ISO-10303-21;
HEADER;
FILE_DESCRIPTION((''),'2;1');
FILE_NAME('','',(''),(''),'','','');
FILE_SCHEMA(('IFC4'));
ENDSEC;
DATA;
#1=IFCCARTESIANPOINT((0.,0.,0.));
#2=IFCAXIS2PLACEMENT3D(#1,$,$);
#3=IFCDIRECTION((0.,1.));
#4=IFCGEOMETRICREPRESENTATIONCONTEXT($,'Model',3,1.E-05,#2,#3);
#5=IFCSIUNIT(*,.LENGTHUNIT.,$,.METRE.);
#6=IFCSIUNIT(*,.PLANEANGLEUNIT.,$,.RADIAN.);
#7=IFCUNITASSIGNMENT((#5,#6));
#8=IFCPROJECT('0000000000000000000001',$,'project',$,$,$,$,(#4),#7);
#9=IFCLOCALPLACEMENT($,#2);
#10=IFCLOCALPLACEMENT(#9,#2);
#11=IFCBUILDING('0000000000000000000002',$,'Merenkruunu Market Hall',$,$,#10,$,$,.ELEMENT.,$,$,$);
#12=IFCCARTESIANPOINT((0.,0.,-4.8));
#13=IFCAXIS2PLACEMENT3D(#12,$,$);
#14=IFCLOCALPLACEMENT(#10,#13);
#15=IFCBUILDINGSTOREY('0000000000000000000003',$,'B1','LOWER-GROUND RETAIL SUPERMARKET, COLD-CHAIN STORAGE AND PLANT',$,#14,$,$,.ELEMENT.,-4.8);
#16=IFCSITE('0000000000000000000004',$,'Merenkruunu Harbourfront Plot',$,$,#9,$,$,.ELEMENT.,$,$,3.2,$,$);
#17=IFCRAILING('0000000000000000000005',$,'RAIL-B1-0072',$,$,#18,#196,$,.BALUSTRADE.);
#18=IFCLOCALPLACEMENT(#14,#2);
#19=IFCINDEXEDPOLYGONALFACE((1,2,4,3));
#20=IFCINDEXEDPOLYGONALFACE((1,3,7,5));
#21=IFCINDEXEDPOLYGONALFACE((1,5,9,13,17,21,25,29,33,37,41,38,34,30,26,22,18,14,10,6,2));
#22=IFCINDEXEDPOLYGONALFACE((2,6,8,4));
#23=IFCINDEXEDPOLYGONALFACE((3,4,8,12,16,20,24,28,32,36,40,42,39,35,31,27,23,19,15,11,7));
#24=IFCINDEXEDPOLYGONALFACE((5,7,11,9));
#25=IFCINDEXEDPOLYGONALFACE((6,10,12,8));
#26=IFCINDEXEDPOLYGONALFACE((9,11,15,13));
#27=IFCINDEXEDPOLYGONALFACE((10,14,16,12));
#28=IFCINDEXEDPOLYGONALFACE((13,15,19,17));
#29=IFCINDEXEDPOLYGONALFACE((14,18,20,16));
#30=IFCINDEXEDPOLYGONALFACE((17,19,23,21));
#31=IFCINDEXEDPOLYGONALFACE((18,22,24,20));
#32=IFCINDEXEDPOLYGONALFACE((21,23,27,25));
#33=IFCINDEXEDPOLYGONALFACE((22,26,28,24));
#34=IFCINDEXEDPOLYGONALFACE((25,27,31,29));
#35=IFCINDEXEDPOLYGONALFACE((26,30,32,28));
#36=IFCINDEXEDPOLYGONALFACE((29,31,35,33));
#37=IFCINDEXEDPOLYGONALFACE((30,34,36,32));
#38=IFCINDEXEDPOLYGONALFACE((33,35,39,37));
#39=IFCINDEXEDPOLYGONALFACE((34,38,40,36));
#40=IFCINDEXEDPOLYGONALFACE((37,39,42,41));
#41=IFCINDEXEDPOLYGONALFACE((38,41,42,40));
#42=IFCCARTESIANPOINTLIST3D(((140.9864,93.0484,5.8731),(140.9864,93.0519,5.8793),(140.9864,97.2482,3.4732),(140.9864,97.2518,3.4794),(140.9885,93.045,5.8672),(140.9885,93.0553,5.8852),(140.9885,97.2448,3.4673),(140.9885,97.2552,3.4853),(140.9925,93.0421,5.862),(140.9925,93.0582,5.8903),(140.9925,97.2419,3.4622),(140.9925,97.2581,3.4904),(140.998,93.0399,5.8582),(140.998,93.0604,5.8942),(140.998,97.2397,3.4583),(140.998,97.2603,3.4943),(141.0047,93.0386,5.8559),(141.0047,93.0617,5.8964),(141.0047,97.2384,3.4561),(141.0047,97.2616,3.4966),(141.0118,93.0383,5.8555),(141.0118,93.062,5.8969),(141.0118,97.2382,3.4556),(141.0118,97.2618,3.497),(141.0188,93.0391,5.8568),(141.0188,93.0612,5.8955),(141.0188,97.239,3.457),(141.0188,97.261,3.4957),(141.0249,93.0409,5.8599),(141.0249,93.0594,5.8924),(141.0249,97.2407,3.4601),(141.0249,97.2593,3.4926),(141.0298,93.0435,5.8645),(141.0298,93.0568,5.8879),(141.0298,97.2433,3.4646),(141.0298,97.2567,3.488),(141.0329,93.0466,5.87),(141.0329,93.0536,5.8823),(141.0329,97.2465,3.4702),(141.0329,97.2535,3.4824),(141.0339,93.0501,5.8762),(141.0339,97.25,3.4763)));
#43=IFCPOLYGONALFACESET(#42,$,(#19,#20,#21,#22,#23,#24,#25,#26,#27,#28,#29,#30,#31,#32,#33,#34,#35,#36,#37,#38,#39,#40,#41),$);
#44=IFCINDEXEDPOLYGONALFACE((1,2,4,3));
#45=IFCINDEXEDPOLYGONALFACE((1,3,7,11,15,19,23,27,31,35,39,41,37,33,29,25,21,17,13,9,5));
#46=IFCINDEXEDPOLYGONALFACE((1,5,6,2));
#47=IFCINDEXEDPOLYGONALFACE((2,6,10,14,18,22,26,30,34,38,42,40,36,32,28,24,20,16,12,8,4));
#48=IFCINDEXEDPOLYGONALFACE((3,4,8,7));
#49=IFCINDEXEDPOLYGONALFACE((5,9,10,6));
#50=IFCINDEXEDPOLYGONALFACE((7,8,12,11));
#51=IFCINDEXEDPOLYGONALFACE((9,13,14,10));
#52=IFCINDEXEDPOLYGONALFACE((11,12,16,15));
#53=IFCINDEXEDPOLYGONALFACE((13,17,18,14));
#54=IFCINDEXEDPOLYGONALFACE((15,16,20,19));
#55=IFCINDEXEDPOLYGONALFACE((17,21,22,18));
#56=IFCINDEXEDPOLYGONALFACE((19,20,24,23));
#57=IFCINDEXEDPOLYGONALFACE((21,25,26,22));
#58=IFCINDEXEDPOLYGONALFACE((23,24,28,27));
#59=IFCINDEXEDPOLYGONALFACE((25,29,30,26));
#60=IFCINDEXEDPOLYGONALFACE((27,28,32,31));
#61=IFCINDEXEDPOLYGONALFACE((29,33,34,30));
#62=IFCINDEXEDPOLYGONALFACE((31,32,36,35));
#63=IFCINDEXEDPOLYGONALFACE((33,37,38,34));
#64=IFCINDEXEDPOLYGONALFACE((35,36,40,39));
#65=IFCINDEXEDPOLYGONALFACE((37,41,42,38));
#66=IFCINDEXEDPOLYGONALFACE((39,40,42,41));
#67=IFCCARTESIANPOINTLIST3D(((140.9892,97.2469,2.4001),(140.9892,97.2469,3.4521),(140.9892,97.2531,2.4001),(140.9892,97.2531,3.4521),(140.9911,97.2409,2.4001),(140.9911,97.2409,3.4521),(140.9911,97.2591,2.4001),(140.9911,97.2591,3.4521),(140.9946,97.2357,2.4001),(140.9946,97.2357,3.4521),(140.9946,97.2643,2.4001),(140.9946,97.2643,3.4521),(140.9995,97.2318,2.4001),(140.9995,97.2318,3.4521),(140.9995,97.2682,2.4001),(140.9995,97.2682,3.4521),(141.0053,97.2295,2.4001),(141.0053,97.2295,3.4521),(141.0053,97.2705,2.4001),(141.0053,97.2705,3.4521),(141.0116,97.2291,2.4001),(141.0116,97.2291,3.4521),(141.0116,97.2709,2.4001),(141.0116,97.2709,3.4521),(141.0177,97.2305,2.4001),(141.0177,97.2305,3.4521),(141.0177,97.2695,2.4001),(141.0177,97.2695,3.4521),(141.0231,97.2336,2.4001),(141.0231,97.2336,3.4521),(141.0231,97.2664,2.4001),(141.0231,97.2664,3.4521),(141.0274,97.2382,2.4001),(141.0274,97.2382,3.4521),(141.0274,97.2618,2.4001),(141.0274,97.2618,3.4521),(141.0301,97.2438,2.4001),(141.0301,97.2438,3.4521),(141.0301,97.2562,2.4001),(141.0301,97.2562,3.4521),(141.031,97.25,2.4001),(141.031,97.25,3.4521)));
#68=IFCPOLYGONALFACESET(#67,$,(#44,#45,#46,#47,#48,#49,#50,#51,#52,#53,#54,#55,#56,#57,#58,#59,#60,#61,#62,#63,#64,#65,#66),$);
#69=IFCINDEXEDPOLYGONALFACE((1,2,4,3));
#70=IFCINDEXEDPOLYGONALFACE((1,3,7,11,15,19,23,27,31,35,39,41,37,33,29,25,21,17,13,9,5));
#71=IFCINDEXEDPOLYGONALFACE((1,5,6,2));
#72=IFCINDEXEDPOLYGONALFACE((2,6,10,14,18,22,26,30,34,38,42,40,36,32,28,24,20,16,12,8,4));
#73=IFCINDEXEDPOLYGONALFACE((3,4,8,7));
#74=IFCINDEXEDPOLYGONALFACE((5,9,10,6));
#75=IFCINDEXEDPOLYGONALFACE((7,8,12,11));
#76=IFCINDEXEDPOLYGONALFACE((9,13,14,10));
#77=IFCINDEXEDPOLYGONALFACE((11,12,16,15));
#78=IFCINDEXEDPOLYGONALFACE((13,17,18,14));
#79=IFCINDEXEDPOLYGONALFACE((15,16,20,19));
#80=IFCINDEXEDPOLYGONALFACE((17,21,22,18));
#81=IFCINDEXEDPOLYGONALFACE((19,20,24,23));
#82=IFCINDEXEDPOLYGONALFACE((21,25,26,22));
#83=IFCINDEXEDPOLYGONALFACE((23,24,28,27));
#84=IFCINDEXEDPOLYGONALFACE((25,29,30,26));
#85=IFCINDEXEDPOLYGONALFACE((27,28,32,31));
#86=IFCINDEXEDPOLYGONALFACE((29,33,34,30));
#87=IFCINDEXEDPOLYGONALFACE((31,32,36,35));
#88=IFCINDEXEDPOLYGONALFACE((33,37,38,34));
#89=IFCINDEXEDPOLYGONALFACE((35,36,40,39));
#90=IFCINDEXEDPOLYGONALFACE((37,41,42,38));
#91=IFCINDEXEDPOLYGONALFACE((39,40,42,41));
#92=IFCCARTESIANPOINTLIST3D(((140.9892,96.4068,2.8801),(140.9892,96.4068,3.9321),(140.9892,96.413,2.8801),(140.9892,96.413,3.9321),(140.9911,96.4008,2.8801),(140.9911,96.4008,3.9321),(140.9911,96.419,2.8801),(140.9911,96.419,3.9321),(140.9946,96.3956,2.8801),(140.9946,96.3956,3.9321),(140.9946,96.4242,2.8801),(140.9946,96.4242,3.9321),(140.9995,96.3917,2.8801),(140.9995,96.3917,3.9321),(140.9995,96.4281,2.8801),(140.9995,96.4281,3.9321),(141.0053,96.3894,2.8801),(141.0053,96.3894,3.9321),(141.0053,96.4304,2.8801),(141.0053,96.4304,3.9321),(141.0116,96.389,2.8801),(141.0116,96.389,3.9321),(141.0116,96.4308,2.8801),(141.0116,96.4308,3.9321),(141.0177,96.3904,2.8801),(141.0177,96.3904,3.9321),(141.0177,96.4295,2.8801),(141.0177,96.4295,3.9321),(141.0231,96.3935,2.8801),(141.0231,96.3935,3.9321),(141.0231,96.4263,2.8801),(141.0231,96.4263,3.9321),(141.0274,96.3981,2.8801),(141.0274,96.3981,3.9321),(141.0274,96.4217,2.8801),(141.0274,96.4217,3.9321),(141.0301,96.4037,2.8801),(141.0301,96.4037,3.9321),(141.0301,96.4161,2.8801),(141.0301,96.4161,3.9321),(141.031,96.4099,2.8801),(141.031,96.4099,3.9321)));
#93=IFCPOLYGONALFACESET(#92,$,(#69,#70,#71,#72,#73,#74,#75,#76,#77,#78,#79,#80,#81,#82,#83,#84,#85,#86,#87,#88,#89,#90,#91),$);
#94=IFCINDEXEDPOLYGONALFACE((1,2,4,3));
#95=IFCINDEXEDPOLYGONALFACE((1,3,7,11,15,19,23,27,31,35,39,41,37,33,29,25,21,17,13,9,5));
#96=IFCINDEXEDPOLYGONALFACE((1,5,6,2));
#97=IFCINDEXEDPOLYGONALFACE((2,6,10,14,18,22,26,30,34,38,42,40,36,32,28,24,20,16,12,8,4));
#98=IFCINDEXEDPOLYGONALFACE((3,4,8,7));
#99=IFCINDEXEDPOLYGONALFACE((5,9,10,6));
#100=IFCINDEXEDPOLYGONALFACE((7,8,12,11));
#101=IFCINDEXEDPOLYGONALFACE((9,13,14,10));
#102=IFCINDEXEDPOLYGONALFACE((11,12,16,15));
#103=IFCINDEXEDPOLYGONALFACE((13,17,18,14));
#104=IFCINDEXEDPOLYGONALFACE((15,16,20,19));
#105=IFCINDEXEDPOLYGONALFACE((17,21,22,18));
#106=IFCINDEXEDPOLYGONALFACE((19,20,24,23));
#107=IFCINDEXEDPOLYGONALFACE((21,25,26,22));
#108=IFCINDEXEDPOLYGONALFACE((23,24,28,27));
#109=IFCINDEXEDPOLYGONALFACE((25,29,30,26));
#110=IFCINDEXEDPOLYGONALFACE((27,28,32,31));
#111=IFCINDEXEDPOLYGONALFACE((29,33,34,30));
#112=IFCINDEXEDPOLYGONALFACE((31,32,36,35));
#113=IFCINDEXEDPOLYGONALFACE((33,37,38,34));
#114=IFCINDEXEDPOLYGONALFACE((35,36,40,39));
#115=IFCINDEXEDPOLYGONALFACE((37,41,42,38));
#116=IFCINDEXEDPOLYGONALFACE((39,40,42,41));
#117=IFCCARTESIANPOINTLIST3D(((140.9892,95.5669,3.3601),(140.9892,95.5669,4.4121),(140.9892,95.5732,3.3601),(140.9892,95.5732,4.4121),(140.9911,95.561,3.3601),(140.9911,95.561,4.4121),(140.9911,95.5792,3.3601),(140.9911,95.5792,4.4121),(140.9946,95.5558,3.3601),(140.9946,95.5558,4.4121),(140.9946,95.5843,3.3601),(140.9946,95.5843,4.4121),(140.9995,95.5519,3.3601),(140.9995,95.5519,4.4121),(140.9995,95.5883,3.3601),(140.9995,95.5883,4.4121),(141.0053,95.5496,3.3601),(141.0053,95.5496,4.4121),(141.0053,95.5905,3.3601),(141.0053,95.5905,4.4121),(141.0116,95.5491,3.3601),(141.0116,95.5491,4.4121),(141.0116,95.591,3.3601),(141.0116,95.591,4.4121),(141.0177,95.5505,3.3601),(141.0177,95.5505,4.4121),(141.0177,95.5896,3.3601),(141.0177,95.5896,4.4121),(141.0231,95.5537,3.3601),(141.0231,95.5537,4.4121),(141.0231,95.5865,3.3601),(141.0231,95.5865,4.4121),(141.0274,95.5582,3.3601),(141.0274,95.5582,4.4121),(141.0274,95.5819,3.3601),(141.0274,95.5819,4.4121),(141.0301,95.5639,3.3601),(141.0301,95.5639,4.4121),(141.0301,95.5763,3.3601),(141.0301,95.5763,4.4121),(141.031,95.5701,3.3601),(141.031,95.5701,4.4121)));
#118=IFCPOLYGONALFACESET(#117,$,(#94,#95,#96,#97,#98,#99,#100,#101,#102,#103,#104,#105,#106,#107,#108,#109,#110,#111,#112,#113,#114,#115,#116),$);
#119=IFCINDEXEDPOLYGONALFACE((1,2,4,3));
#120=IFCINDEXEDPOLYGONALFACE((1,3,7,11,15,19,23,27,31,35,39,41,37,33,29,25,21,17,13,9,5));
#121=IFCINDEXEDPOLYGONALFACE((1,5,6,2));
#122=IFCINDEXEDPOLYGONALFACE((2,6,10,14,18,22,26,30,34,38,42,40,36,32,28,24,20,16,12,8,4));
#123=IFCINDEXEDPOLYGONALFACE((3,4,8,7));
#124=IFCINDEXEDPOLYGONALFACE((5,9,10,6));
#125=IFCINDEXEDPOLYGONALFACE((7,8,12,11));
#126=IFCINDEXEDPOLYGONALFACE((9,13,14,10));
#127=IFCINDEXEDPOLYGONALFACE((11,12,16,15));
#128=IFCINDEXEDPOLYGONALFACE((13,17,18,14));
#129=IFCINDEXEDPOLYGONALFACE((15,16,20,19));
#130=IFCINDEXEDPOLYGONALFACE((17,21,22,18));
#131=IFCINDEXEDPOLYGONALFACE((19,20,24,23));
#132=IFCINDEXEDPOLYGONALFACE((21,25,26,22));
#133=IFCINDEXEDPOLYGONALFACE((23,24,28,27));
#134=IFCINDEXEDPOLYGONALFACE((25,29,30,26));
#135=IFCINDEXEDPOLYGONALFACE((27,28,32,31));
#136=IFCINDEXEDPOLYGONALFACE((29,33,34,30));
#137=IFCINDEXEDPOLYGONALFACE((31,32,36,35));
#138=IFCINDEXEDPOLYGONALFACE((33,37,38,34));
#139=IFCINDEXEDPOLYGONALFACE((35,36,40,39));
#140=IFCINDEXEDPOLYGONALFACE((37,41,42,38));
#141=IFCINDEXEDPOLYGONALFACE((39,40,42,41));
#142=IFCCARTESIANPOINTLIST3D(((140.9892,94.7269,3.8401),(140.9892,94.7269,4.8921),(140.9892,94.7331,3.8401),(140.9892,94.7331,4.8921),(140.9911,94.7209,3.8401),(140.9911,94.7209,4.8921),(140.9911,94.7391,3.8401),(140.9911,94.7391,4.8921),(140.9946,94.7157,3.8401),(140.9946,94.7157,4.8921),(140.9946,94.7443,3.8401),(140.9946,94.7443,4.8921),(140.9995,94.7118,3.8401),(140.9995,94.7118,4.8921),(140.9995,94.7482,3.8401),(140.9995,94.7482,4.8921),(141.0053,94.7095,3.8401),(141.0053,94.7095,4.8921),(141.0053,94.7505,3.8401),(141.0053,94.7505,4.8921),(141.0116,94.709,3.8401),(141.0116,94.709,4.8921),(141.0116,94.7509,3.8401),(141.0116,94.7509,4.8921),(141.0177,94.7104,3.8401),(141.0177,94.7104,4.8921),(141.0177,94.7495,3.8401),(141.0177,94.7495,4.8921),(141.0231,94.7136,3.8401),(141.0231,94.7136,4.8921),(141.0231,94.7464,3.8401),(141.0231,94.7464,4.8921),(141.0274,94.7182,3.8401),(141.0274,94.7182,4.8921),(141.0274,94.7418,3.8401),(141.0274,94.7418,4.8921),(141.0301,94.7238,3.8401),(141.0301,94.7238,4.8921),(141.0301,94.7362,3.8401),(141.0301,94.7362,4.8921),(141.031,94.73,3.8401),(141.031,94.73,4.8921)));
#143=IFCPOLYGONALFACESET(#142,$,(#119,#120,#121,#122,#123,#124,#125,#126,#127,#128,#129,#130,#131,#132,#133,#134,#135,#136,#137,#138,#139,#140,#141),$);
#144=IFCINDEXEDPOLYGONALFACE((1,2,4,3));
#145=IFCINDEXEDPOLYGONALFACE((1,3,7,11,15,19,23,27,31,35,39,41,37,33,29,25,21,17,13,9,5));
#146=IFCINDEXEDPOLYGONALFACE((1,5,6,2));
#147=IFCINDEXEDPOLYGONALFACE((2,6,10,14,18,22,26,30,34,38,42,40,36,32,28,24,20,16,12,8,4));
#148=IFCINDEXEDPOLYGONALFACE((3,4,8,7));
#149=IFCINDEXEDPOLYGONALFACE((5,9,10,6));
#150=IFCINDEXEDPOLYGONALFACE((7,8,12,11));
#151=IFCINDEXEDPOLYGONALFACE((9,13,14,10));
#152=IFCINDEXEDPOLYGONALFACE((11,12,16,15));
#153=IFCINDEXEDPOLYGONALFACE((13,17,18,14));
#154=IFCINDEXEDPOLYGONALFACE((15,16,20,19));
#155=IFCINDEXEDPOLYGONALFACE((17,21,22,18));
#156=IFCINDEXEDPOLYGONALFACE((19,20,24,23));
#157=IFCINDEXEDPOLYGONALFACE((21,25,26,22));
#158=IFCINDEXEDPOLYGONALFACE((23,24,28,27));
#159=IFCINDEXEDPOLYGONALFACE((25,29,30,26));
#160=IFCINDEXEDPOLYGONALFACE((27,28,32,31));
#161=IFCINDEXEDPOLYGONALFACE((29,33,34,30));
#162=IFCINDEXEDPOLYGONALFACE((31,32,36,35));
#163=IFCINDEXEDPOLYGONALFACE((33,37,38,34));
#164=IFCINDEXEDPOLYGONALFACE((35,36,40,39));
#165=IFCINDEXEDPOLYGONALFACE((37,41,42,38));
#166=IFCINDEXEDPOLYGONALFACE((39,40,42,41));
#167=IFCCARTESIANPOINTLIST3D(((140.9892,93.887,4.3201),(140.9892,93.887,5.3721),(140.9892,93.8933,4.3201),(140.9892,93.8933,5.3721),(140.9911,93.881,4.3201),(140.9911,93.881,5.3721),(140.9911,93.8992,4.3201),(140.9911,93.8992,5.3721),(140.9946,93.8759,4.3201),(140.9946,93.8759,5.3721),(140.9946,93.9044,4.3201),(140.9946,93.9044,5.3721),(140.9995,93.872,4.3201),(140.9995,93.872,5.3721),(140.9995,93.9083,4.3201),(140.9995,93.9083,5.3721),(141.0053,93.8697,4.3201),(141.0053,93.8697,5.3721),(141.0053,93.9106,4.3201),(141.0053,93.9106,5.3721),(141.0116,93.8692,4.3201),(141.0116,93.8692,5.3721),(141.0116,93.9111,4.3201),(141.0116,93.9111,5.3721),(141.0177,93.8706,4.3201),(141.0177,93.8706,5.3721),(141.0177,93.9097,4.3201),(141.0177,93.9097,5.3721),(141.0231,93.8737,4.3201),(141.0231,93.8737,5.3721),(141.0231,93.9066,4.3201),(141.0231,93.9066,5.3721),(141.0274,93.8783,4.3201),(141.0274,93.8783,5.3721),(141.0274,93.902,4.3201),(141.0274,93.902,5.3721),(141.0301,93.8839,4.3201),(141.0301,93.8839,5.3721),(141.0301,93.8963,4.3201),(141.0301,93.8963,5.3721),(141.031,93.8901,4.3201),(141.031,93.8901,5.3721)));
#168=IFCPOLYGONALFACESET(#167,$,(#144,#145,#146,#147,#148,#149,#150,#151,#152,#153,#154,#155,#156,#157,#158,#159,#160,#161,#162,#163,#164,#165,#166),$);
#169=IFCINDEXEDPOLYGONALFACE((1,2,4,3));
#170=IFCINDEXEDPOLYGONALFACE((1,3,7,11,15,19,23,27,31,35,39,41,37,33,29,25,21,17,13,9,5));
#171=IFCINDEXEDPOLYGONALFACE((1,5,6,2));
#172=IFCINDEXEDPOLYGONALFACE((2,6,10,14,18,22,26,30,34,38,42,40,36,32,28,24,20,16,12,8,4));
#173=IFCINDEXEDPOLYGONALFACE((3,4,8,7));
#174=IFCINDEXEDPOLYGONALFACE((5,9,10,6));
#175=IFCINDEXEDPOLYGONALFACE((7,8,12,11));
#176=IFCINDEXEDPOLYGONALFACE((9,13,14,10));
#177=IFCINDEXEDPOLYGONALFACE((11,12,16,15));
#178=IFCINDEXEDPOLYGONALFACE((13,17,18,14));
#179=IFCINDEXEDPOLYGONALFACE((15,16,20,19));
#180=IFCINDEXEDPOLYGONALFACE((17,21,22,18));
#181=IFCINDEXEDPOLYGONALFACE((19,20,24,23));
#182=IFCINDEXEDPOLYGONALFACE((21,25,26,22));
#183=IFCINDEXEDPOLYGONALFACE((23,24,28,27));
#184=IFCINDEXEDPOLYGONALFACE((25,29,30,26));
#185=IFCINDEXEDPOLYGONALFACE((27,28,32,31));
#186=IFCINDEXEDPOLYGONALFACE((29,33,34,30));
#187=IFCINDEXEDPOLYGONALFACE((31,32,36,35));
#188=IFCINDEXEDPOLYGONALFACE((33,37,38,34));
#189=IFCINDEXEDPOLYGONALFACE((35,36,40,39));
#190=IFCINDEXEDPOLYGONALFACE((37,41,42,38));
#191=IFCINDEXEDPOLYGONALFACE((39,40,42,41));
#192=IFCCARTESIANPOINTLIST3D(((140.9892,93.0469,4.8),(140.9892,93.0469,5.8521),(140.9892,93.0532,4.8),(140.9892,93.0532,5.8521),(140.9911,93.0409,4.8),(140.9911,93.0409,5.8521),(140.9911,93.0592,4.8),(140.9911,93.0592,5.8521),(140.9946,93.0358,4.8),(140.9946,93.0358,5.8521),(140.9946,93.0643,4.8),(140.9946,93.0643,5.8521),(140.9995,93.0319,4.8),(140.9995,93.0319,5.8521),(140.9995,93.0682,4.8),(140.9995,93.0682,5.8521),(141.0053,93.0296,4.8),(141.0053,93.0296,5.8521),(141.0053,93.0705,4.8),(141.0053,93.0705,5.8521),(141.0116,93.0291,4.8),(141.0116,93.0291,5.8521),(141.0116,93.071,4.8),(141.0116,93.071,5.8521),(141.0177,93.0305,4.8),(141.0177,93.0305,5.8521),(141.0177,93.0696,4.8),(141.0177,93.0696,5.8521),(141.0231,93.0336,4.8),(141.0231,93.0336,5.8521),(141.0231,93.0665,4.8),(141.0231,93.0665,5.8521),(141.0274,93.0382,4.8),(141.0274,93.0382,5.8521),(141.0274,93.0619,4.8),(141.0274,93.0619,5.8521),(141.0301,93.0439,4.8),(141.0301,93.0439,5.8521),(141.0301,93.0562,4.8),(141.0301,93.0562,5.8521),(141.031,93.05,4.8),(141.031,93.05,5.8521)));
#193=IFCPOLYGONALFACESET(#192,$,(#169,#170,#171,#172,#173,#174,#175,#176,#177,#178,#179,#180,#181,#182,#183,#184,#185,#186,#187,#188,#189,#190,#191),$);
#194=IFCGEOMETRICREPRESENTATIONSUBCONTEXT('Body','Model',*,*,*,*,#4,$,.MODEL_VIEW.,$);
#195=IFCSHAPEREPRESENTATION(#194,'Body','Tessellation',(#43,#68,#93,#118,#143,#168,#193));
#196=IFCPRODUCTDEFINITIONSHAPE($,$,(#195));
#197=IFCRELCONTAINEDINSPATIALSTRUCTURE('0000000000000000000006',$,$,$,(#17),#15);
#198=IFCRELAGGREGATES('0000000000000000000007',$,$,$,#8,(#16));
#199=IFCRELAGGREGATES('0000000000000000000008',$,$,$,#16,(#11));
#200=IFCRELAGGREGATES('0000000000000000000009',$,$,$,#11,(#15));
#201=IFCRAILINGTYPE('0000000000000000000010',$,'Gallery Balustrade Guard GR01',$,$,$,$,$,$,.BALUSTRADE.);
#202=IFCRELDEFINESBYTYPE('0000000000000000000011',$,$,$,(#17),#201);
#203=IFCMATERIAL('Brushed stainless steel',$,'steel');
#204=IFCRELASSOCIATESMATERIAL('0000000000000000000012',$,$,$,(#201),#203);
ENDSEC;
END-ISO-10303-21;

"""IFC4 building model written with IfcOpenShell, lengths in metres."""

from ifc_helpers import new_model, si_unit, direction, frame, origin, origin_2d, place, context, subcontext, project, spatial, circle, extrude, material, type_object, element, save


model = new_model("IFC4")

# Units and contexts
model_context = context("Model", 3, precision=1e-05, world=origin(), true_north=direction((0.0, 1.0)))
body_context = subcontext(model_context, "Body", "Model", "MODEL_VIEW")
ifc_project = project(units=[si_unit("LENGTHUNIT", "METRE"), si_unit("PLANEANGLEUNIT", "RADIAN")], contexts=[model_context])

# Site, building, storey
site_placement = place(None, origin())
site = spatial("IfcSite", under=ifc_project, at=site_placement, Name="Merenkruunu Harbourfront Plot", CompositionType="ELEMENT", RefElevation=3.2)
building_placement = place(site_placement, origin())
building = spatial("IfcBuilding", under=site, at=building_placement, Name="Merenkruunu Market Hall", CompositionType="ELEMENT")
storey_placement = place(building_placement, frame((0.0, 0.0, -4.8)))
storey = spatial("IfcBuildingStorey", under=building, at=storey_placement, Name="B1", Description="LOWER-GROUND RETAIL SUPERMARKET, COLD-CHAIN STORAGE AND PLANT", CompositionType="ELEMENT", Elevation=-4.8)

# Railing
ifc_material_1 = material(Name="Brushed stainless steel", Category="steel")
railing_type_1 = type_object("IfcRailingType", Name="Gallery Balustrade Guard GR01", PredefinedType="BALUSTRADE", material=ifc_material_1)
railing_1_placement = place(storey_placement, frame((141.01, 97.25, 2.4001)))
element("IfcRailing", 1, at=railing_1_placement, inside=storey, type_object=railing_type_1, Name="RAIL-B1-0072", PredefinedType="BALUSTRADE", context=body_context, shape_type="SweptSolid", body=[
    extrude(circle(Radius=0.0239, at=origin_2d()), frame((0.0, 0.0, 1.0762), z_axis=(0.0, -0.868249, 0.496128), x_axis=(1.0, 0.0, 0.0)), (0.0, 0.0, 1.0), 4.8372),
    extrude(circle(Radius=0.021, at=origin_2d()), origin(), (0.0, 0.0, 1.0), 1.052),
    extrude(circle(Radius=0.021, at=origin_2d()), frame((0.0, -0.8401, 0.48)), (0.0, 0.0, 1.0), 1.052),
    extrude(circle(Radius=0.021, at=origin_2d()), frame((0.0, -1.6799, 0.96)), (0.0, 0.0, 1.0), 1.052),
    extrude(circle(Radius=0.021, at=origin_2d()), frame((0.0, -2.52, 1.4399)), (0.0, 0.0, 1.0), 1.052),
    extrude(circle(Radius=0.021, at=origin_2d()), frame((0.0, -3.3599, 1.9199)), (0.0, 0.0, 1.0), 1.052),
    extrude(circle(Radius=0.021, at=origin_2d()), frame((0.0, -4.2, 2.3999)), (0.0, 0.0, 1.0), 1.052),
])

save(model, "model.ifc")
